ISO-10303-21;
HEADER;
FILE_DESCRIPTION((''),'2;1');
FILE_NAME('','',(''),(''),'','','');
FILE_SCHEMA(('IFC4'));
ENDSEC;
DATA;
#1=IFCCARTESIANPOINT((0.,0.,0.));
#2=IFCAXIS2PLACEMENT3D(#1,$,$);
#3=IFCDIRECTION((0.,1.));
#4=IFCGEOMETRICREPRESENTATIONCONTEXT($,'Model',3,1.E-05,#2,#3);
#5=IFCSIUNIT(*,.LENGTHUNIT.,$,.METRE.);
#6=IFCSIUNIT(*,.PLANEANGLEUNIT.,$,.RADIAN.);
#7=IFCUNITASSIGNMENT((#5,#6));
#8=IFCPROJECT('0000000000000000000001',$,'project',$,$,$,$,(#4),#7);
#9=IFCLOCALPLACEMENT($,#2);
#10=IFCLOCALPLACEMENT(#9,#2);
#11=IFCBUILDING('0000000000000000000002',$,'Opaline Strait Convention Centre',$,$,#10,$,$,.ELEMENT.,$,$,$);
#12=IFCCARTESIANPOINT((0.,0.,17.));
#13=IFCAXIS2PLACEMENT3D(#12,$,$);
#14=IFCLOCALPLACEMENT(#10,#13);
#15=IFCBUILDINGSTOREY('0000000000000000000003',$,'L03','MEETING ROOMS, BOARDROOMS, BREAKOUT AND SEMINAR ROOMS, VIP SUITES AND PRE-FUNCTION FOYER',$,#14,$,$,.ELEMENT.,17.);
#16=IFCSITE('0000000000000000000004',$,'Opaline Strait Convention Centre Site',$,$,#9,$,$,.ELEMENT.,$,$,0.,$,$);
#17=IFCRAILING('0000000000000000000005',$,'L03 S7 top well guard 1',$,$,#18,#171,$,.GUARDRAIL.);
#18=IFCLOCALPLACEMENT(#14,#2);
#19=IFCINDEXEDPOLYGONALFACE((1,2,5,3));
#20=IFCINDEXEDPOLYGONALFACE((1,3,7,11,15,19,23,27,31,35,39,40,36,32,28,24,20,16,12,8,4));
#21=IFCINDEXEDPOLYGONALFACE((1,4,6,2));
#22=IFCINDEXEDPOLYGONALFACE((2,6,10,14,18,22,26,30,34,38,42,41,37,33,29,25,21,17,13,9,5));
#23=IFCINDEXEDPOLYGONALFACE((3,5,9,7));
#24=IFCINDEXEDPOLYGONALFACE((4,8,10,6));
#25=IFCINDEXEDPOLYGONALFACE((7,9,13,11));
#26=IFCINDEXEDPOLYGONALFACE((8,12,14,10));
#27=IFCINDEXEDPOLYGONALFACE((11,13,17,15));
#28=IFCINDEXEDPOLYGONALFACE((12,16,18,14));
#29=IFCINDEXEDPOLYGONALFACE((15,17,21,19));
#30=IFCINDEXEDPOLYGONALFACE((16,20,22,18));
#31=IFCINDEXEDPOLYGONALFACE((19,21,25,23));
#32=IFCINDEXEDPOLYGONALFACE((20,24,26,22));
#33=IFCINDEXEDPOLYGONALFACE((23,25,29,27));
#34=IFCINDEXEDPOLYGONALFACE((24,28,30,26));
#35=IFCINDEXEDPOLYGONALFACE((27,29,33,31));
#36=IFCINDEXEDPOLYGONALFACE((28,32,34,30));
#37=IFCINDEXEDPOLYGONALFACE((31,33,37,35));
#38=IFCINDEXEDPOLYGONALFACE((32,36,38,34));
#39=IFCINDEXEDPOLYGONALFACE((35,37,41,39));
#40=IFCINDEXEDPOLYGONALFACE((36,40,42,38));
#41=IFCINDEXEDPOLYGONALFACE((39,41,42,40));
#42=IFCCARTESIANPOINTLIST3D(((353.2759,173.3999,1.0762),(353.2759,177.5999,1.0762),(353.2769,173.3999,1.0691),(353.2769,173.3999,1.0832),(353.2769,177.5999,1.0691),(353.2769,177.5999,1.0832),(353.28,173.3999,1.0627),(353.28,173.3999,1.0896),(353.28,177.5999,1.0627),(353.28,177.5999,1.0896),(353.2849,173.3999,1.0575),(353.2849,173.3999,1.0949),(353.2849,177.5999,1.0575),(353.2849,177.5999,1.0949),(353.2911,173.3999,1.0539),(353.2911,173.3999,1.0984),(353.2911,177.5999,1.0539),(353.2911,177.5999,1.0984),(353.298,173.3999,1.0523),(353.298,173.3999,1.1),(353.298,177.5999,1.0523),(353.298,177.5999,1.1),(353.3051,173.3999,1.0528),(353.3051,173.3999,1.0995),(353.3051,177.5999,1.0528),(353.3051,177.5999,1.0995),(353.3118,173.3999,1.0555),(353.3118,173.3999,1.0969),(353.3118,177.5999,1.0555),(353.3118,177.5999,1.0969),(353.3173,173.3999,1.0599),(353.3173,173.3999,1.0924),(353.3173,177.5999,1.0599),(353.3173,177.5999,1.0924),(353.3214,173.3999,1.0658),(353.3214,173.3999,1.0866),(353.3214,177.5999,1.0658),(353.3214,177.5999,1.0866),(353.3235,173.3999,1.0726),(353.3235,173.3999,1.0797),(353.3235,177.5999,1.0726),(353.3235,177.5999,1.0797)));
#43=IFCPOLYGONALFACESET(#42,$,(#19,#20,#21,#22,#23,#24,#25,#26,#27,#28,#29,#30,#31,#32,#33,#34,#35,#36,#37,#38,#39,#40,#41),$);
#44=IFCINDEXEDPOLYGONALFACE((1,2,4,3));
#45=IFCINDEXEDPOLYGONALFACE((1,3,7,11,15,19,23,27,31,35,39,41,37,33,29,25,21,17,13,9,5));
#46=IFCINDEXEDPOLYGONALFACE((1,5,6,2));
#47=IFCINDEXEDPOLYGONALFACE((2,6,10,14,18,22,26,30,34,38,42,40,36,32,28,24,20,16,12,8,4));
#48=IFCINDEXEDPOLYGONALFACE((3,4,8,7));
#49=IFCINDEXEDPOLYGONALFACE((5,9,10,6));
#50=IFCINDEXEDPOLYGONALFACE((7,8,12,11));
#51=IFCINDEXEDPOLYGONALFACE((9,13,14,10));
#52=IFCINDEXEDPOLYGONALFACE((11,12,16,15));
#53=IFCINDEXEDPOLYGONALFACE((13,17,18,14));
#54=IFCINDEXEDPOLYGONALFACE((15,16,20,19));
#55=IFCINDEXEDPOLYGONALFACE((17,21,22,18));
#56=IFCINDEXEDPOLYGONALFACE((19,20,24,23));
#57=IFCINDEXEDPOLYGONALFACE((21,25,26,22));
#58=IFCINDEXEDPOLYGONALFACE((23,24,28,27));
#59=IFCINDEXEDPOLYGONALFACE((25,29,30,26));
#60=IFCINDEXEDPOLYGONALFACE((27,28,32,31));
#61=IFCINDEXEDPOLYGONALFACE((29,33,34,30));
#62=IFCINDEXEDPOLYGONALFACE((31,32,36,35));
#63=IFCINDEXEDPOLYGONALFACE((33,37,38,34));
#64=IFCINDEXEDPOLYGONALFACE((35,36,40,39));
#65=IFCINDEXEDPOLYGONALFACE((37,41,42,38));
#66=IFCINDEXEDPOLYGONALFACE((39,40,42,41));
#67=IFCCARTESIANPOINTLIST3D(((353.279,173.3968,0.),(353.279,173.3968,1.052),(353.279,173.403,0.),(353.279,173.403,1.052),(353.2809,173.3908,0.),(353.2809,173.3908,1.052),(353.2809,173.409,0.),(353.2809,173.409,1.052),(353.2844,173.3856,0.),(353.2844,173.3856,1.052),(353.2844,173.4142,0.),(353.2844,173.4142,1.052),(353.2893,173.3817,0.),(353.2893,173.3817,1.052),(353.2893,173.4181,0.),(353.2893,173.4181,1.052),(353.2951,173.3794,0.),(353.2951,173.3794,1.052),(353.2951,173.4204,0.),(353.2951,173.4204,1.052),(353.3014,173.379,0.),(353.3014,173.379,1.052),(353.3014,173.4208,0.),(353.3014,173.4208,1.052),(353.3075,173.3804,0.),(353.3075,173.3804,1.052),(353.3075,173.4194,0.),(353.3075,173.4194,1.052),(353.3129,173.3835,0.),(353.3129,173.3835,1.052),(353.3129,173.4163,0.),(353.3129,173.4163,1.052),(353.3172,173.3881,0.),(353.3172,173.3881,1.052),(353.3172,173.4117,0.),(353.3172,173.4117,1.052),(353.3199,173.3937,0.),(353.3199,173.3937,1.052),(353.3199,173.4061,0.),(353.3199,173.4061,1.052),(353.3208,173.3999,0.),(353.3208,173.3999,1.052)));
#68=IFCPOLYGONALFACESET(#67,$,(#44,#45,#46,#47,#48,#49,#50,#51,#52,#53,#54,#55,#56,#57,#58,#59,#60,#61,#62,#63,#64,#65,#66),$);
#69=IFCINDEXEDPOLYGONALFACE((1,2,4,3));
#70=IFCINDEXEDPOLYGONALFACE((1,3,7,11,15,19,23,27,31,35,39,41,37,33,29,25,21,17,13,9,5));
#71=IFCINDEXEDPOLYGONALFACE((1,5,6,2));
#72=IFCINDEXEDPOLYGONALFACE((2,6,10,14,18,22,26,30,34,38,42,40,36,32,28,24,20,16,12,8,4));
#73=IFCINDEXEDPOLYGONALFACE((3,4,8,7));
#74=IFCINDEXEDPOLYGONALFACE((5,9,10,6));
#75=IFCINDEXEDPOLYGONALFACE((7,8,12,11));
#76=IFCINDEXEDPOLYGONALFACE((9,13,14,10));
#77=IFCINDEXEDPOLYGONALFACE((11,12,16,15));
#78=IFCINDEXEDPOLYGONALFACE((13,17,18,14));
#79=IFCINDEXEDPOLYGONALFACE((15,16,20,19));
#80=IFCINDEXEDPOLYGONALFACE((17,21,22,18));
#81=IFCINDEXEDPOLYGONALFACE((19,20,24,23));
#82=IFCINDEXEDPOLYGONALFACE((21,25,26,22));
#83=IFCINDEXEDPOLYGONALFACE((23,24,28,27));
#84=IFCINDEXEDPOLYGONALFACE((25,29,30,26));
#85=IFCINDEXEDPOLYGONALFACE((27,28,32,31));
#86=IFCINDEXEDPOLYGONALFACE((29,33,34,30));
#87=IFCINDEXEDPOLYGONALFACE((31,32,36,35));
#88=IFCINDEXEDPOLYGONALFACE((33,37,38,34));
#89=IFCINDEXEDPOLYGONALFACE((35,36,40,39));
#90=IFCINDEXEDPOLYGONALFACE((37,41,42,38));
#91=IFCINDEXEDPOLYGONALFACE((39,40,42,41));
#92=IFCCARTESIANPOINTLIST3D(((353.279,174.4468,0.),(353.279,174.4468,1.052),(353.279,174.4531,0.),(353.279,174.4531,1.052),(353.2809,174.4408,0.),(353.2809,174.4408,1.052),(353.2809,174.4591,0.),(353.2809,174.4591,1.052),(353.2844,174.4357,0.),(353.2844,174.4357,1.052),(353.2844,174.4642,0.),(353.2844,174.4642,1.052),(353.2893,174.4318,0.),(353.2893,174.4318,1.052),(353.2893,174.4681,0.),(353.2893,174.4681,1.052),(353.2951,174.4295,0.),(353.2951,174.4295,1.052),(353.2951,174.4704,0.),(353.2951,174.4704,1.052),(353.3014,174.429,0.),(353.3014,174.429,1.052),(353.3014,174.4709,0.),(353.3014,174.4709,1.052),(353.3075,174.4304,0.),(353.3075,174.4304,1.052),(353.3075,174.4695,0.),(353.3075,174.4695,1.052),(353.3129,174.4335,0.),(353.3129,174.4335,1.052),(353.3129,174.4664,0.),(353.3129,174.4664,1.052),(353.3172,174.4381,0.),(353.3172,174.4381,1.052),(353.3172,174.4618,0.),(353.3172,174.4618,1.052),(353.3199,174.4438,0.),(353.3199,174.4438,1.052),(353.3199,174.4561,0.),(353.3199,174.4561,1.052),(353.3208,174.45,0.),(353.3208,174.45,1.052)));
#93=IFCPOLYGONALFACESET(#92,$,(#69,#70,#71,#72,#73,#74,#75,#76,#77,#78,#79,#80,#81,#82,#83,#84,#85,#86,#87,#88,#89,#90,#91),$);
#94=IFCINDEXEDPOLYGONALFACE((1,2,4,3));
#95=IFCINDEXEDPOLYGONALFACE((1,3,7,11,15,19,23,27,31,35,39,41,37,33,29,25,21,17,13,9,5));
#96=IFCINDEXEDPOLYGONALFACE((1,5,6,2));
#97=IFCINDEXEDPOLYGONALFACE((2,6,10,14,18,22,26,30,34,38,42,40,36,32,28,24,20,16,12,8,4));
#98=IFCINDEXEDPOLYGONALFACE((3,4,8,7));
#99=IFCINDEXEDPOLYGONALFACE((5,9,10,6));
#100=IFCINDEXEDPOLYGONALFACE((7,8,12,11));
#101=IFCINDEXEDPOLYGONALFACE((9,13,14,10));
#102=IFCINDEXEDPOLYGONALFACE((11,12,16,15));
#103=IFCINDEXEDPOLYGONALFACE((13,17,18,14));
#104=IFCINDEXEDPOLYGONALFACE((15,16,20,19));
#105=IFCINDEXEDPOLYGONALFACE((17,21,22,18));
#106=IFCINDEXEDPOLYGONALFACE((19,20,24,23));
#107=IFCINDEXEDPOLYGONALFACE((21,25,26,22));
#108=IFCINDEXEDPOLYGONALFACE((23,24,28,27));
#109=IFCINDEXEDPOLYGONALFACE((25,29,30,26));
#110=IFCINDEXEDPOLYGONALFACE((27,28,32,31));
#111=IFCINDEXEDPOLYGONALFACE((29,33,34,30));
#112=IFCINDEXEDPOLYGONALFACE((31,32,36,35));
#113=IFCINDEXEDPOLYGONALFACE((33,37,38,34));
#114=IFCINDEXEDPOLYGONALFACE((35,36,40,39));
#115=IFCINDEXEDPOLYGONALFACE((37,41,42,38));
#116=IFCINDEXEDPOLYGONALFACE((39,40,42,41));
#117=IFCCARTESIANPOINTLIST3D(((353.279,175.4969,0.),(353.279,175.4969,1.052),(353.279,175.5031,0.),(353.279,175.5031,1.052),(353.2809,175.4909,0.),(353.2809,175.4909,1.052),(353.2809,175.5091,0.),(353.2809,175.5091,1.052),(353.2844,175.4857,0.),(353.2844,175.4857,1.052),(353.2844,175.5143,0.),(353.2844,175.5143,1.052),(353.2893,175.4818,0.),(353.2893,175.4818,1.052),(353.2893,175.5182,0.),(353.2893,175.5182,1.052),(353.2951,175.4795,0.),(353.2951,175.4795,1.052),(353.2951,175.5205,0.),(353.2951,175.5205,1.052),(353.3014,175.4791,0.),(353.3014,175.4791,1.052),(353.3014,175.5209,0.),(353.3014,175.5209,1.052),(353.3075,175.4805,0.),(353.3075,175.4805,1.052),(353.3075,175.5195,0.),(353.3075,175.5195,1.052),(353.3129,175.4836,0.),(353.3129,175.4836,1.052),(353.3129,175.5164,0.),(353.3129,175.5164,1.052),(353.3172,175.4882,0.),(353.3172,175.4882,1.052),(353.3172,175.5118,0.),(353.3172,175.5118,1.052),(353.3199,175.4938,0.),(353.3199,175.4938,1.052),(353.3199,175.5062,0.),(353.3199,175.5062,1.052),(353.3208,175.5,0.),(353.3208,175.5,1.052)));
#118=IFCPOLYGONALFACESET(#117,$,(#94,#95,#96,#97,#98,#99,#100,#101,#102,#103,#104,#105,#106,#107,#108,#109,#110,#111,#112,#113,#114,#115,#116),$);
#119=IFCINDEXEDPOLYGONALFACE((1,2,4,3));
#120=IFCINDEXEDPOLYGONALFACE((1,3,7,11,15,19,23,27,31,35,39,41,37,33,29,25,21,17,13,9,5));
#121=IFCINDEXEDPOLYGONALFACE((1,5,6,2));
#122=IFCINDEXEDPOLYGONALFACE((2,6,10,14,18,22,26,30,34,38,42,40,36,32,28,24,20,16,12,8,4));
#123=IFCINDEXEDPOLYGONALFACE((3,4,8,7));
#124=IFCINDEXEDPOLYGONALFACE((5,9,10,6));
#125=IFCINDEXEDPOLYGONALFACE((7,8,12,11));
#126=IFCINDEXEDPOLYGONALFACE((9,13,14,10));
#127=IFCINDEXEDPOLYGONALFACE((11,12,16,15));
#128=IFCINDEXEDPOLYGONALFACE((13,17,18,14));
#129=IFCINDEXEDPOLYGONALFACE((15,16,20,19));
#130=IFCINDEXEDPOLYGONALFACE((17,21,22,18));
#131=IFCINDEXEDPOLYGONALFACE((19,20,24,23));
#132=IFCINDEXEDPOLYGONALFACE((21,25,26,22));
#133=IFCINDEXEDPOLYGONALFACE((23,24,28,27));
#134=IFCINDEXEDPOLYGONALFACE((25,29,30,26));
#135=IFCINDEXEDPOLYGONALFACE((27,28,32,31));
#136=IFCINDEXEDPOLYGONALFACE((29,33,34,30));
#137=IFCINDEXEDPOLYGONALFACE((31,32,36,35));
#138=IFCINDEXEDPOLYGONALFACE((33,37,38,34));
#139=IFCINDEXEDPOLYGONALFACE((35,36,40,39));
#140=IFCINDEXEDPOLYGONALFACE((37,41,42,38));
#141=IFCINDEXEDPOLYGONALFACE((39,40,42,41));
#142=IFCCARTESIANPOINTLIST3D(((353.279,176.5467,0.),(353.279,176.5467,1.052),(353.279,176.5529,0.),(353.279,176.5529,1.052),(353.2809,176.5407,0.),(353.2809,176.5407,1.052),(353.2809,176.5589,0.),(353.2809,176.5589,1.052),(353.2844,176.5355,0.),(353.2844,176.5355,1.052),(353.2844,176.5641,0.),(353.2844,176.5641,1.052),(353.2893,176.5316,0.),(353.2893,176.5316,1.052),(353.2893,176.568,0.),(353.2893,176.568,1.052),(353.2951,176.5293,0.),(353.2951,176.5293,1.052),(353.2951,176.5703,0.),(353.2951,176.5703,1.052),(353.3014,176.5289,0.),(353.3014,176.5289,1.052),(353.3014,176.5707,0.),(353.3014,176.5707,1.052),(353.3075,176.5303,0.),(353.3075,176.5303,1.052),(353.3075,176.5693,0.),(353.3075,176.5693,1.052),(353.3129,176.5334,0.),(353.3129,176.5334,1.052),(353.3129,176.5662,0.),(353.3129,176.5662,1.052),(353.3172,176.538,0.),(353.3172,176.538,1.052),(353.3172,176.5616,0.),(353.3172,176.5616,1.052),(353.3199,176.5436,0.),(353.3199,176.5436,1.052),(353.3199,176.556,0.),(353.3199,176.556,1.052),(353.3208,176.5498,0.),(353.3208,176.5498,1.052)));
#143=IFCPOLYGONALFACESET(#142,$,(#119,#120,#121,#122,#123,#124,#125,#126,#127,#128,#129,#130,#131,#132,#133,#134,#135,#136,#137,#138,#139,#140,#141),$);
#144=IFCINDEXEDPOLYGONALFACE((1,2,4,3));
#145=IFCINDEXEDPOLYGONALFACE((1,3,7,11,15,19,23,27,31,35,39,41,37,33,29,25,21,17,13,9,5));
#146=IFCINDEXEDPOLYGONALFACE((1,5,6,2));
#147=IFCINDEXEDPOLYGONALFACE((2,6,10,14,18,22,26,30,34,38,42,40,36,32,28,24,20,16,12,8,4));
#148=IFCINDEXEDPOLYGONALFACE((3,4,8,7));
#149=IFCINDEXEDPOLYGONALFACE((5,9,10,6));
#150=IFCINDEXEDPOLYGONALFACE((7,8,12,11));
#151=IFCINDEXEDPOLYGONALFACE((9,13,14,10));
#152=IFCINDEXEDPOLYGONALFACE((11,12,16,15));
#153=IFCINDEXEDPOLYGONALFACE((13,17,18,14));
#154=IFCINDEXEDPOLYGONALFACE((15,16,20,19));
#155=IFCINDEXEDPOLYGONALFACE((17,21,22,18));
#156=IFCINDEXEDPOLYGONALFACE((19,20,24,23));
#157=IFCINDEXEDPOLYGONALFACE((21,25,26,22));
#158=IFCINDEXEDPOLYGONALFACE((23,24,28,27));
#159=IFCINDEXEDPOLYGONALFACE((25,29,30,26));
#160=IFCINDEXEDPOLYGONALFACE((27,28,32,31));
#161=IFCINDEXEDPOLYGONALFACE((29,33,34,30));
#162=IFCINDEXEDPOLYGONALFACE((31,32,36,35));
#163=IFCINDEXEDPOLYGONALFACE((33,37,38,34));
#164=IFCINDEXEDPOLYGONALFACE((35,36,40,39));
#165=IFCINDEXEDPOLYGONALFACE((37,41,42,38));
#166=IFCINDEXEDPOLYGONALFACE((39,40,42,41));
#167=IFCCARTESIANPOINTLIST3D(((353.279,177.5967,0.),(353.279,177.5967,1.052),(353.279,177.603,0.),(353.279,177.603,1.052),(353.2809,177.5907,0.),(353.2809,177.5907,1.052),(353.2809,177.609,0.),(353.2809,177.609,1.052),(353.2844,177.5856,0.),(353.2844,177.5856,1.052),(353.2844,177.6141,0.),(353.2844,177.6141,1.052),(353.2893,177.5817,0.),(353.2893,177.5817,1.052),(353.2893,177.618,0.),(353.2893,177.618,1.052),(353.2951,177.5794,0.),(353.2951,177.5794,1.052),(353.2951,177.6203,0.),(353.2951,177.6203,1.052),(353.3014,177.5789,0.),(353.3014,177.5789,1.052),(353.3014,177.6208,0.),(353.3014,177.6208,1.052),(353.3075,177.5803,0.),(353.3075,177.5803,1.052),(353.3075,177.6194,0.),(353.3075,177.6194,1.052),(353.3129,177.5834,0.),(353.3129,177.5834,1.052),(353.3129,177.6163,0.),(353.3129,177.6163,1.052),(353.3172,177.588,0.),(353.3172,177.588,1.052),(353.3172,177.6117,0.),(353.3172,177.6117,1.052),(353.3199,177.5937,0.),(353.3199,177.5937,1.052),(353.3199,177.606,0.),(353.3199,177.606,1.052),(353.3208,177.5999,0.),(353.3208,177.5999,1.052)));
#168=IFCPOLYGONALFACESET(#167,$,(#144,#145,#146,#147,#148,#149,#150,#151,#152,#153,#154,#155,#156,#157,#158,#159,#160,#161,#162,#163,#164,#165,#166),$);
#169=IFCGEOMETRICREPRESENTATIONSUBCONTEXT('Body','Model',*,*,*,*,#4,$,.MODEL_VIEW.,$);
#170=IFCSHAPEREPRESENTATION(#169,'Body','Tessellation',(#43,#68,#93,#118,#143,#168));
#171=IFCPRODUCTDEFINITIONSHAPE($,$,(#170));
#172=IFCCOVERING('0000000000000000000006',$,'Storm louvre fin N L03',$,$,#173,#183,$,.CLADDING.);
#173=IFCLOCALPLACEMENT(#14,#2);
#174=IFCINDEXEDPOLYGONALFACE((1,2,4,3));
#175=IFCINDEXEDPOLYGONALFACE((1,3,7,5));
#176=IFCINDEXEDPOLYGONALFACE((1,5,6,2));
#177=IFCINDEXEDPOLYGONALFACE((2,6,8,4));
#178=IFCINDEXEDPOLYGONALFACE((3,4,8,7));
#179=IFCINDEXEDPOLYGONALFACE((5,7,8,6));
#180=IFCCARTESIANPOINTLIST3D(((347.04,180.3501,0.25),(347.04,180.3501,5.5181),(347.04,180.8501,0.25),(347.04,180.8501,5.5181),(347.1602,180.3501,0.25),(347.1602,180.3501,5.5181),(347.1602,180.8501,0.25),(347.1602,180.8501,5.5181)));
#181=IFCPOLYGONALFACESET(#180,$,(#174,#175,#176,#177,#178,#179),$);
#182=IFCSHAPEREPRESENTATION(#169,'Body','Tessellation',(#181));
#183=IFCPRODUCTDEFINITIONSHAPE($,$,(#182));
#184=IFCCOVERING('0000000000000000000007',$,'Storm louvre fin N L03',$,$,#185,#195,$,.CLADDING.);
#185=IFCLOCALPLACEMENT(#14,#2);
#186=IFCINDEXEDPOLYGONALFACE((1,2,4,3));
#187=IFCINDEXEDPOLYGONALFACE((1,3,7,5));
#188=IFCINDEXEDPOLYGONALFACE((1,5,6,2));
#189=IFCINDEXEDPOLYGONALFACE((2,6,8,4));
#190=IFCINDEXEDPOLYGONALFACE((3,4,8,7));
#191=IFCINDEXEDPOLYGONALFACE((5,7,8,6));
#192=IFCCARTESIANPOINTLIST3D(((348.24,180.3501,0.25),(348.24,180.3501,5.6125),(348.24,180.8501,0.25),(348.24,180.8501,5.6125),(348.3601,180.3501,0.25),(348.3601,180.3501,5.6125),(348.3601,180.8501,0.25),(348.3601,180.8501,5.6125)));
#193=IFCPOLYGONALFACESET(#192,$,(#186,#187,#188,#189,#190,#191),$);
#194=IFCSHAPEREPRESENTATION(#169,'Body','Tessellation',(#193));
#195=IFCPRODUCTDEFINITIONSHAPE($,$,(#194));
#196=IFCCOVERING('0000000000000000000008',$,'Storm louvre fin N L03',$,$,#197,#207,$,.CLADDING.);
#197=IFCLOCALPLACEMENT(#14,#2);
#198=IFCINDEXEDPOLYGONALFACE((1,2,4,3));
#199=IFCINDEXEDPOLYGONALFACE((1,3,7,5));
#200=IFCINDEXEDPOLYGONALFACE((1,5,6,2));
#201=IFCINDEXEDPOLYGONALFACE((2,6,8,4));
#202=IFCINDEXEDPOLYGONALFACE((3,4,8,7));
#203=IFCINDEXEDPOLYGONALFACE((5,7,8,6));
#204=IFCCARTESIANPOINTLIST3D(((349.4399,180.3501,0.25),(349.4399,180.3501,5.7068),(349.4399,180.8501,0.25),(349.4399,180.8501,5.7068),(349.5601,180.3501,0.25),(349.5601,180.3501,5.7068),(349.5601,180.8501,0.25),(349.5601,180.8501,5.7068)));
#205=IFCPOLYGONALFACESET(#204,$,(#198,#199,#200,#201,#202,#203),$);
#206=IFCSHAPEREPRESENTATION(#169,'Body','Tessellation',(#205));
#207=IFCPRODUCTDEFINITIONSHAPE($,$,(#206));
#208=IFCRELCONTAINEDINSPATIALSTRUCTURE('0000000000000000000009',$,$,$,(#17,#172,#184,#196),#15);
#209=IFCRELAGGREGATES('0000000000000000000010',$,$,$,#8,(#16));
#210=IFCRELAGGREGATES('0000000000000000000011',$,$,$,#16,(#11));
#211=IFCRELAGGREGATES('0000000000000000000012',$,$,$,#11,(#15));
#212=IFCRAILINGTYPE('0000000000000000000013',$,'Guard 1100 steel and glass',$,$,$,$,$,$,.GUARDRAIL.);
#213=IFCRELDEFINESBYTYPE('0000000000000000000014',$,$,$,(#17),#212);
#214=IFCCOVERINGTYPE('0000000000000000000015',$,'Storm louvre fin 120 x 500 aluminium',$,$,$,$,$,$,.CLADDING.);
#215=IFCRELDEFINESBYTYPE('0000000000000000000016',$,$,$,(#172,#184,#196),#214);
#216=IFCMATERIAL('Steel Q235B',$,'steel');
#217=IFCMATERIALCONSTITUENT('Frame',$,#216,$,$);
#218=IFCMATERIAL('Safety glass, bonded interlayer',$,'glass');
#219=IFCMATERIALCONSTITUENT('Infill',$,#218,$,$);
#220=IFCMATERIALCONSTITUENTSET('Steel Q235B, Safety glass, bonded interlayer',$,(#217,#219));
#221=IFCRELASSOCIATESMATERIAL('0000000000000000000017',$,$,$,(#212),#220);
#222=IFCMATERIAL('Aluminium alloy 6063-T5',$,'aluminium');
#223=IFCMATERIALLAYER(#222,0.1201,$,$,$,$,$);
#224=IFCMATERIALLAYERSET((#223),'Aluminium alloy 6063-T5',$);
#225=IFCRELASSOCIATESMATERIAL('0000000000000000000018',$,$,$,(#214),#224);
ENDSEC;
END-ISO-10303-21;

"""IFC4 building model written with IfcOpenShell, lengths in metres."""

from ifc_helpers import new_model, si_unit, direction, frame, origin, origin_2d, place, context, subcontext, project, spatial, rectangle, circle, extrude, material, layer, layer_set, constituent, constituent_set, type_object, element, save


model = new_model("IFC4")

# Units and contexts
model_context = context("Model", 3, precision=1e-05, world=origin(), true_north=direction((0.0, 1.0)))
body_context = subcontext(model_context, "Body", "Model", "MODEL_VIEW")
ifc_project = project(units=[si_unit("LENGTHUNIT", "METRE"), si_unit("PLANEANGLEUNIT", "RADIAN")], contexts=[model_context])

# Site, building, storey
site_placement = place(None, origin())
site = spatial("IfcSite", under=ifc_project, at=site_placement, Name="Opaline Strait Convention Centre Site", CompositionType="ELEMENT", RefElevation=0.0)
building_placement = place(site_placement, origin())
building = spatial("IfcBuilding", under=site, at=building_placement, Name="Opaline Strait Convention Centre", CompositionType="ELEMENT")
storey_placement = place(building_placement, frame((0.0, 0.0, 17.0)))
storey = spatial("IfcBuildingStorey", under=building, at=storey_placement, Name="L03", Description="MEETING ROOMS, BOARDROOMS, BREAKOUT AND SEMINAR ROOMS, VIP SUITES AND PRE-FUNCTION FOYER", CompositionType="ELEMENT", Elevation=17.0)

# Shared definitions
ifc_material_1 = material(Name="Steel Q235B", Category="steel")

# Railing
ifc_constituent_1 = constituent(ifc_material_1, Name="Frame")
ifc_material_2 = material(Name="Safety glass, bonded interlayer", Category="glass")
ifc_constituent_2 = constituent(ifc_material_2, Name="Infill")
ifc_constituent_set = constituent_set(constituents=[ifc_constituent_1, ifc_constituent_2], Name="Steel Q235B, Safety glass, bonded interlayer")
railing_type = type_object("IfcRailingType", Name="Guard 1100 steel and glass", PredefinedType="GUARDRAIL", material=ifc_constituent_set)
railing_placement = place(storey_placement, frame((353.2998, 173.3999, 0.0)))
element("IfcRailing", 1, at=railing_placement, inside=storey, type_object=railing_type, Name="L03 S7 top well guard 1", PredefinedType="GUARDRAIL", context=body_context, shape_type="SweptSolid", body=[
    extrude(circle(Radius=0.0239, at=origin_2d()), frame((0.0, 0.0, 1.0762), z_axis=(0.0, 1.0, 0.0), x_axis=(-1.0, 0.0, 0.0)), (0.0, 0.0, 1.0), 4.2),
    extrude(circle(Radius=0.021, at=origin_2d()), origin(), (0.0, 0.0, 1.0), 1.052),
    extrude(circle(Radius=0.021, at=origin_2d()), frame((0.0, 1.05, 0.0)), (0.0, 0.0, 1.0), 1.052),
    extrude(circle(Radius=0.021, at=origin_2d()), frame((0.0, 2.1001, 0.0)), (0.0, 0.0, 1.0), 1.052),
    extrude(circle(Radius=0.021, at=origin_2d()), frame((0.0, 3.1499, 0.0)), (0.0, 0.0, 1.0), 1.052),
    extrude(circle(Radius=0.021, at=origin_2d()), frame((0.0, 4.2, 0.0)), (0.0, 0.0, 1.0), 1.052),
])

# Coverings
ifc_material_3 = material(Name="Aluminium alloy 6063-T5", Category="aluminium")
ifc_layer_1 = layer(ifc_material_3, 0.1201)
ifc_layer_set_1 = layer_set([ifc_layer_1], Name="Aluminium alloy 6063-T5")
covering_type = type_object("IfcCoveringType", Name="Storm louvre fin 120 x 500 aluminium", PredefinedType="CLADDING", material=ifc_layer_set_1)
covering_1_placement = place(storey_placement, frame((347.1001, 180.6001, 0.25), z_axis=(0.0, 0.0, 1.0), x_axis=(1.0, 0.0, 0.0)))
element("IfcCovering", 2, at=covering_1_placement, inside=storey, type_object=covering_type, Name="Storm louvre fin N L03", PredefinedType="CLADDING", context=body_context, shape_type="SweptSolid", body=[
    extrude(rectangle(XDim=0.1201, YDim=0.5, at=origin_2d()), origin(), (0.0, 0.0, 1.0), 5.2681),
])
covering_2_placement = place(storey_placement, frame((348.3, 180.6001, 0.25), z_axis=(0.0, 0.0, 1.0), x_axis=(1.0, 0.0, 0.0)))
element("IfcCovering", 3, at=covering_2_placement, inside=storey, type_object=covering_type, Name="Storm louvre fin N L03", PredefinedType="CLADDING", context=body_context, shape_type="SweptSolid", body=[
    extrude(rectangle(XDim=0.1201, YDim=0.5, at=origin_2d()), origin(), (0.0, 0.0, 1.0), 5.3625),
])
covering_3_placement = place(storey_placement, frame((349.5, 180.6001, 0.25), z_axis=(0.0, 0.0, 1.0), x_axis=(1.0, 0.0, 0.0)))
element("IfcCovering", 4, at=covering_3_placement, inside=storey, type_object=covering_type, Name="Storm louvre fin N L03", PredefinedType="CLADDING", context=body_context, shape_type="SweptSolid", body=[
    extrude(rectangle(XDim=0.1201, YDim=0.5, at=origin_2d()), origin(), (0.0, 0.0, 1.0), 5.4568),
])

save(model, "model.ifc")
